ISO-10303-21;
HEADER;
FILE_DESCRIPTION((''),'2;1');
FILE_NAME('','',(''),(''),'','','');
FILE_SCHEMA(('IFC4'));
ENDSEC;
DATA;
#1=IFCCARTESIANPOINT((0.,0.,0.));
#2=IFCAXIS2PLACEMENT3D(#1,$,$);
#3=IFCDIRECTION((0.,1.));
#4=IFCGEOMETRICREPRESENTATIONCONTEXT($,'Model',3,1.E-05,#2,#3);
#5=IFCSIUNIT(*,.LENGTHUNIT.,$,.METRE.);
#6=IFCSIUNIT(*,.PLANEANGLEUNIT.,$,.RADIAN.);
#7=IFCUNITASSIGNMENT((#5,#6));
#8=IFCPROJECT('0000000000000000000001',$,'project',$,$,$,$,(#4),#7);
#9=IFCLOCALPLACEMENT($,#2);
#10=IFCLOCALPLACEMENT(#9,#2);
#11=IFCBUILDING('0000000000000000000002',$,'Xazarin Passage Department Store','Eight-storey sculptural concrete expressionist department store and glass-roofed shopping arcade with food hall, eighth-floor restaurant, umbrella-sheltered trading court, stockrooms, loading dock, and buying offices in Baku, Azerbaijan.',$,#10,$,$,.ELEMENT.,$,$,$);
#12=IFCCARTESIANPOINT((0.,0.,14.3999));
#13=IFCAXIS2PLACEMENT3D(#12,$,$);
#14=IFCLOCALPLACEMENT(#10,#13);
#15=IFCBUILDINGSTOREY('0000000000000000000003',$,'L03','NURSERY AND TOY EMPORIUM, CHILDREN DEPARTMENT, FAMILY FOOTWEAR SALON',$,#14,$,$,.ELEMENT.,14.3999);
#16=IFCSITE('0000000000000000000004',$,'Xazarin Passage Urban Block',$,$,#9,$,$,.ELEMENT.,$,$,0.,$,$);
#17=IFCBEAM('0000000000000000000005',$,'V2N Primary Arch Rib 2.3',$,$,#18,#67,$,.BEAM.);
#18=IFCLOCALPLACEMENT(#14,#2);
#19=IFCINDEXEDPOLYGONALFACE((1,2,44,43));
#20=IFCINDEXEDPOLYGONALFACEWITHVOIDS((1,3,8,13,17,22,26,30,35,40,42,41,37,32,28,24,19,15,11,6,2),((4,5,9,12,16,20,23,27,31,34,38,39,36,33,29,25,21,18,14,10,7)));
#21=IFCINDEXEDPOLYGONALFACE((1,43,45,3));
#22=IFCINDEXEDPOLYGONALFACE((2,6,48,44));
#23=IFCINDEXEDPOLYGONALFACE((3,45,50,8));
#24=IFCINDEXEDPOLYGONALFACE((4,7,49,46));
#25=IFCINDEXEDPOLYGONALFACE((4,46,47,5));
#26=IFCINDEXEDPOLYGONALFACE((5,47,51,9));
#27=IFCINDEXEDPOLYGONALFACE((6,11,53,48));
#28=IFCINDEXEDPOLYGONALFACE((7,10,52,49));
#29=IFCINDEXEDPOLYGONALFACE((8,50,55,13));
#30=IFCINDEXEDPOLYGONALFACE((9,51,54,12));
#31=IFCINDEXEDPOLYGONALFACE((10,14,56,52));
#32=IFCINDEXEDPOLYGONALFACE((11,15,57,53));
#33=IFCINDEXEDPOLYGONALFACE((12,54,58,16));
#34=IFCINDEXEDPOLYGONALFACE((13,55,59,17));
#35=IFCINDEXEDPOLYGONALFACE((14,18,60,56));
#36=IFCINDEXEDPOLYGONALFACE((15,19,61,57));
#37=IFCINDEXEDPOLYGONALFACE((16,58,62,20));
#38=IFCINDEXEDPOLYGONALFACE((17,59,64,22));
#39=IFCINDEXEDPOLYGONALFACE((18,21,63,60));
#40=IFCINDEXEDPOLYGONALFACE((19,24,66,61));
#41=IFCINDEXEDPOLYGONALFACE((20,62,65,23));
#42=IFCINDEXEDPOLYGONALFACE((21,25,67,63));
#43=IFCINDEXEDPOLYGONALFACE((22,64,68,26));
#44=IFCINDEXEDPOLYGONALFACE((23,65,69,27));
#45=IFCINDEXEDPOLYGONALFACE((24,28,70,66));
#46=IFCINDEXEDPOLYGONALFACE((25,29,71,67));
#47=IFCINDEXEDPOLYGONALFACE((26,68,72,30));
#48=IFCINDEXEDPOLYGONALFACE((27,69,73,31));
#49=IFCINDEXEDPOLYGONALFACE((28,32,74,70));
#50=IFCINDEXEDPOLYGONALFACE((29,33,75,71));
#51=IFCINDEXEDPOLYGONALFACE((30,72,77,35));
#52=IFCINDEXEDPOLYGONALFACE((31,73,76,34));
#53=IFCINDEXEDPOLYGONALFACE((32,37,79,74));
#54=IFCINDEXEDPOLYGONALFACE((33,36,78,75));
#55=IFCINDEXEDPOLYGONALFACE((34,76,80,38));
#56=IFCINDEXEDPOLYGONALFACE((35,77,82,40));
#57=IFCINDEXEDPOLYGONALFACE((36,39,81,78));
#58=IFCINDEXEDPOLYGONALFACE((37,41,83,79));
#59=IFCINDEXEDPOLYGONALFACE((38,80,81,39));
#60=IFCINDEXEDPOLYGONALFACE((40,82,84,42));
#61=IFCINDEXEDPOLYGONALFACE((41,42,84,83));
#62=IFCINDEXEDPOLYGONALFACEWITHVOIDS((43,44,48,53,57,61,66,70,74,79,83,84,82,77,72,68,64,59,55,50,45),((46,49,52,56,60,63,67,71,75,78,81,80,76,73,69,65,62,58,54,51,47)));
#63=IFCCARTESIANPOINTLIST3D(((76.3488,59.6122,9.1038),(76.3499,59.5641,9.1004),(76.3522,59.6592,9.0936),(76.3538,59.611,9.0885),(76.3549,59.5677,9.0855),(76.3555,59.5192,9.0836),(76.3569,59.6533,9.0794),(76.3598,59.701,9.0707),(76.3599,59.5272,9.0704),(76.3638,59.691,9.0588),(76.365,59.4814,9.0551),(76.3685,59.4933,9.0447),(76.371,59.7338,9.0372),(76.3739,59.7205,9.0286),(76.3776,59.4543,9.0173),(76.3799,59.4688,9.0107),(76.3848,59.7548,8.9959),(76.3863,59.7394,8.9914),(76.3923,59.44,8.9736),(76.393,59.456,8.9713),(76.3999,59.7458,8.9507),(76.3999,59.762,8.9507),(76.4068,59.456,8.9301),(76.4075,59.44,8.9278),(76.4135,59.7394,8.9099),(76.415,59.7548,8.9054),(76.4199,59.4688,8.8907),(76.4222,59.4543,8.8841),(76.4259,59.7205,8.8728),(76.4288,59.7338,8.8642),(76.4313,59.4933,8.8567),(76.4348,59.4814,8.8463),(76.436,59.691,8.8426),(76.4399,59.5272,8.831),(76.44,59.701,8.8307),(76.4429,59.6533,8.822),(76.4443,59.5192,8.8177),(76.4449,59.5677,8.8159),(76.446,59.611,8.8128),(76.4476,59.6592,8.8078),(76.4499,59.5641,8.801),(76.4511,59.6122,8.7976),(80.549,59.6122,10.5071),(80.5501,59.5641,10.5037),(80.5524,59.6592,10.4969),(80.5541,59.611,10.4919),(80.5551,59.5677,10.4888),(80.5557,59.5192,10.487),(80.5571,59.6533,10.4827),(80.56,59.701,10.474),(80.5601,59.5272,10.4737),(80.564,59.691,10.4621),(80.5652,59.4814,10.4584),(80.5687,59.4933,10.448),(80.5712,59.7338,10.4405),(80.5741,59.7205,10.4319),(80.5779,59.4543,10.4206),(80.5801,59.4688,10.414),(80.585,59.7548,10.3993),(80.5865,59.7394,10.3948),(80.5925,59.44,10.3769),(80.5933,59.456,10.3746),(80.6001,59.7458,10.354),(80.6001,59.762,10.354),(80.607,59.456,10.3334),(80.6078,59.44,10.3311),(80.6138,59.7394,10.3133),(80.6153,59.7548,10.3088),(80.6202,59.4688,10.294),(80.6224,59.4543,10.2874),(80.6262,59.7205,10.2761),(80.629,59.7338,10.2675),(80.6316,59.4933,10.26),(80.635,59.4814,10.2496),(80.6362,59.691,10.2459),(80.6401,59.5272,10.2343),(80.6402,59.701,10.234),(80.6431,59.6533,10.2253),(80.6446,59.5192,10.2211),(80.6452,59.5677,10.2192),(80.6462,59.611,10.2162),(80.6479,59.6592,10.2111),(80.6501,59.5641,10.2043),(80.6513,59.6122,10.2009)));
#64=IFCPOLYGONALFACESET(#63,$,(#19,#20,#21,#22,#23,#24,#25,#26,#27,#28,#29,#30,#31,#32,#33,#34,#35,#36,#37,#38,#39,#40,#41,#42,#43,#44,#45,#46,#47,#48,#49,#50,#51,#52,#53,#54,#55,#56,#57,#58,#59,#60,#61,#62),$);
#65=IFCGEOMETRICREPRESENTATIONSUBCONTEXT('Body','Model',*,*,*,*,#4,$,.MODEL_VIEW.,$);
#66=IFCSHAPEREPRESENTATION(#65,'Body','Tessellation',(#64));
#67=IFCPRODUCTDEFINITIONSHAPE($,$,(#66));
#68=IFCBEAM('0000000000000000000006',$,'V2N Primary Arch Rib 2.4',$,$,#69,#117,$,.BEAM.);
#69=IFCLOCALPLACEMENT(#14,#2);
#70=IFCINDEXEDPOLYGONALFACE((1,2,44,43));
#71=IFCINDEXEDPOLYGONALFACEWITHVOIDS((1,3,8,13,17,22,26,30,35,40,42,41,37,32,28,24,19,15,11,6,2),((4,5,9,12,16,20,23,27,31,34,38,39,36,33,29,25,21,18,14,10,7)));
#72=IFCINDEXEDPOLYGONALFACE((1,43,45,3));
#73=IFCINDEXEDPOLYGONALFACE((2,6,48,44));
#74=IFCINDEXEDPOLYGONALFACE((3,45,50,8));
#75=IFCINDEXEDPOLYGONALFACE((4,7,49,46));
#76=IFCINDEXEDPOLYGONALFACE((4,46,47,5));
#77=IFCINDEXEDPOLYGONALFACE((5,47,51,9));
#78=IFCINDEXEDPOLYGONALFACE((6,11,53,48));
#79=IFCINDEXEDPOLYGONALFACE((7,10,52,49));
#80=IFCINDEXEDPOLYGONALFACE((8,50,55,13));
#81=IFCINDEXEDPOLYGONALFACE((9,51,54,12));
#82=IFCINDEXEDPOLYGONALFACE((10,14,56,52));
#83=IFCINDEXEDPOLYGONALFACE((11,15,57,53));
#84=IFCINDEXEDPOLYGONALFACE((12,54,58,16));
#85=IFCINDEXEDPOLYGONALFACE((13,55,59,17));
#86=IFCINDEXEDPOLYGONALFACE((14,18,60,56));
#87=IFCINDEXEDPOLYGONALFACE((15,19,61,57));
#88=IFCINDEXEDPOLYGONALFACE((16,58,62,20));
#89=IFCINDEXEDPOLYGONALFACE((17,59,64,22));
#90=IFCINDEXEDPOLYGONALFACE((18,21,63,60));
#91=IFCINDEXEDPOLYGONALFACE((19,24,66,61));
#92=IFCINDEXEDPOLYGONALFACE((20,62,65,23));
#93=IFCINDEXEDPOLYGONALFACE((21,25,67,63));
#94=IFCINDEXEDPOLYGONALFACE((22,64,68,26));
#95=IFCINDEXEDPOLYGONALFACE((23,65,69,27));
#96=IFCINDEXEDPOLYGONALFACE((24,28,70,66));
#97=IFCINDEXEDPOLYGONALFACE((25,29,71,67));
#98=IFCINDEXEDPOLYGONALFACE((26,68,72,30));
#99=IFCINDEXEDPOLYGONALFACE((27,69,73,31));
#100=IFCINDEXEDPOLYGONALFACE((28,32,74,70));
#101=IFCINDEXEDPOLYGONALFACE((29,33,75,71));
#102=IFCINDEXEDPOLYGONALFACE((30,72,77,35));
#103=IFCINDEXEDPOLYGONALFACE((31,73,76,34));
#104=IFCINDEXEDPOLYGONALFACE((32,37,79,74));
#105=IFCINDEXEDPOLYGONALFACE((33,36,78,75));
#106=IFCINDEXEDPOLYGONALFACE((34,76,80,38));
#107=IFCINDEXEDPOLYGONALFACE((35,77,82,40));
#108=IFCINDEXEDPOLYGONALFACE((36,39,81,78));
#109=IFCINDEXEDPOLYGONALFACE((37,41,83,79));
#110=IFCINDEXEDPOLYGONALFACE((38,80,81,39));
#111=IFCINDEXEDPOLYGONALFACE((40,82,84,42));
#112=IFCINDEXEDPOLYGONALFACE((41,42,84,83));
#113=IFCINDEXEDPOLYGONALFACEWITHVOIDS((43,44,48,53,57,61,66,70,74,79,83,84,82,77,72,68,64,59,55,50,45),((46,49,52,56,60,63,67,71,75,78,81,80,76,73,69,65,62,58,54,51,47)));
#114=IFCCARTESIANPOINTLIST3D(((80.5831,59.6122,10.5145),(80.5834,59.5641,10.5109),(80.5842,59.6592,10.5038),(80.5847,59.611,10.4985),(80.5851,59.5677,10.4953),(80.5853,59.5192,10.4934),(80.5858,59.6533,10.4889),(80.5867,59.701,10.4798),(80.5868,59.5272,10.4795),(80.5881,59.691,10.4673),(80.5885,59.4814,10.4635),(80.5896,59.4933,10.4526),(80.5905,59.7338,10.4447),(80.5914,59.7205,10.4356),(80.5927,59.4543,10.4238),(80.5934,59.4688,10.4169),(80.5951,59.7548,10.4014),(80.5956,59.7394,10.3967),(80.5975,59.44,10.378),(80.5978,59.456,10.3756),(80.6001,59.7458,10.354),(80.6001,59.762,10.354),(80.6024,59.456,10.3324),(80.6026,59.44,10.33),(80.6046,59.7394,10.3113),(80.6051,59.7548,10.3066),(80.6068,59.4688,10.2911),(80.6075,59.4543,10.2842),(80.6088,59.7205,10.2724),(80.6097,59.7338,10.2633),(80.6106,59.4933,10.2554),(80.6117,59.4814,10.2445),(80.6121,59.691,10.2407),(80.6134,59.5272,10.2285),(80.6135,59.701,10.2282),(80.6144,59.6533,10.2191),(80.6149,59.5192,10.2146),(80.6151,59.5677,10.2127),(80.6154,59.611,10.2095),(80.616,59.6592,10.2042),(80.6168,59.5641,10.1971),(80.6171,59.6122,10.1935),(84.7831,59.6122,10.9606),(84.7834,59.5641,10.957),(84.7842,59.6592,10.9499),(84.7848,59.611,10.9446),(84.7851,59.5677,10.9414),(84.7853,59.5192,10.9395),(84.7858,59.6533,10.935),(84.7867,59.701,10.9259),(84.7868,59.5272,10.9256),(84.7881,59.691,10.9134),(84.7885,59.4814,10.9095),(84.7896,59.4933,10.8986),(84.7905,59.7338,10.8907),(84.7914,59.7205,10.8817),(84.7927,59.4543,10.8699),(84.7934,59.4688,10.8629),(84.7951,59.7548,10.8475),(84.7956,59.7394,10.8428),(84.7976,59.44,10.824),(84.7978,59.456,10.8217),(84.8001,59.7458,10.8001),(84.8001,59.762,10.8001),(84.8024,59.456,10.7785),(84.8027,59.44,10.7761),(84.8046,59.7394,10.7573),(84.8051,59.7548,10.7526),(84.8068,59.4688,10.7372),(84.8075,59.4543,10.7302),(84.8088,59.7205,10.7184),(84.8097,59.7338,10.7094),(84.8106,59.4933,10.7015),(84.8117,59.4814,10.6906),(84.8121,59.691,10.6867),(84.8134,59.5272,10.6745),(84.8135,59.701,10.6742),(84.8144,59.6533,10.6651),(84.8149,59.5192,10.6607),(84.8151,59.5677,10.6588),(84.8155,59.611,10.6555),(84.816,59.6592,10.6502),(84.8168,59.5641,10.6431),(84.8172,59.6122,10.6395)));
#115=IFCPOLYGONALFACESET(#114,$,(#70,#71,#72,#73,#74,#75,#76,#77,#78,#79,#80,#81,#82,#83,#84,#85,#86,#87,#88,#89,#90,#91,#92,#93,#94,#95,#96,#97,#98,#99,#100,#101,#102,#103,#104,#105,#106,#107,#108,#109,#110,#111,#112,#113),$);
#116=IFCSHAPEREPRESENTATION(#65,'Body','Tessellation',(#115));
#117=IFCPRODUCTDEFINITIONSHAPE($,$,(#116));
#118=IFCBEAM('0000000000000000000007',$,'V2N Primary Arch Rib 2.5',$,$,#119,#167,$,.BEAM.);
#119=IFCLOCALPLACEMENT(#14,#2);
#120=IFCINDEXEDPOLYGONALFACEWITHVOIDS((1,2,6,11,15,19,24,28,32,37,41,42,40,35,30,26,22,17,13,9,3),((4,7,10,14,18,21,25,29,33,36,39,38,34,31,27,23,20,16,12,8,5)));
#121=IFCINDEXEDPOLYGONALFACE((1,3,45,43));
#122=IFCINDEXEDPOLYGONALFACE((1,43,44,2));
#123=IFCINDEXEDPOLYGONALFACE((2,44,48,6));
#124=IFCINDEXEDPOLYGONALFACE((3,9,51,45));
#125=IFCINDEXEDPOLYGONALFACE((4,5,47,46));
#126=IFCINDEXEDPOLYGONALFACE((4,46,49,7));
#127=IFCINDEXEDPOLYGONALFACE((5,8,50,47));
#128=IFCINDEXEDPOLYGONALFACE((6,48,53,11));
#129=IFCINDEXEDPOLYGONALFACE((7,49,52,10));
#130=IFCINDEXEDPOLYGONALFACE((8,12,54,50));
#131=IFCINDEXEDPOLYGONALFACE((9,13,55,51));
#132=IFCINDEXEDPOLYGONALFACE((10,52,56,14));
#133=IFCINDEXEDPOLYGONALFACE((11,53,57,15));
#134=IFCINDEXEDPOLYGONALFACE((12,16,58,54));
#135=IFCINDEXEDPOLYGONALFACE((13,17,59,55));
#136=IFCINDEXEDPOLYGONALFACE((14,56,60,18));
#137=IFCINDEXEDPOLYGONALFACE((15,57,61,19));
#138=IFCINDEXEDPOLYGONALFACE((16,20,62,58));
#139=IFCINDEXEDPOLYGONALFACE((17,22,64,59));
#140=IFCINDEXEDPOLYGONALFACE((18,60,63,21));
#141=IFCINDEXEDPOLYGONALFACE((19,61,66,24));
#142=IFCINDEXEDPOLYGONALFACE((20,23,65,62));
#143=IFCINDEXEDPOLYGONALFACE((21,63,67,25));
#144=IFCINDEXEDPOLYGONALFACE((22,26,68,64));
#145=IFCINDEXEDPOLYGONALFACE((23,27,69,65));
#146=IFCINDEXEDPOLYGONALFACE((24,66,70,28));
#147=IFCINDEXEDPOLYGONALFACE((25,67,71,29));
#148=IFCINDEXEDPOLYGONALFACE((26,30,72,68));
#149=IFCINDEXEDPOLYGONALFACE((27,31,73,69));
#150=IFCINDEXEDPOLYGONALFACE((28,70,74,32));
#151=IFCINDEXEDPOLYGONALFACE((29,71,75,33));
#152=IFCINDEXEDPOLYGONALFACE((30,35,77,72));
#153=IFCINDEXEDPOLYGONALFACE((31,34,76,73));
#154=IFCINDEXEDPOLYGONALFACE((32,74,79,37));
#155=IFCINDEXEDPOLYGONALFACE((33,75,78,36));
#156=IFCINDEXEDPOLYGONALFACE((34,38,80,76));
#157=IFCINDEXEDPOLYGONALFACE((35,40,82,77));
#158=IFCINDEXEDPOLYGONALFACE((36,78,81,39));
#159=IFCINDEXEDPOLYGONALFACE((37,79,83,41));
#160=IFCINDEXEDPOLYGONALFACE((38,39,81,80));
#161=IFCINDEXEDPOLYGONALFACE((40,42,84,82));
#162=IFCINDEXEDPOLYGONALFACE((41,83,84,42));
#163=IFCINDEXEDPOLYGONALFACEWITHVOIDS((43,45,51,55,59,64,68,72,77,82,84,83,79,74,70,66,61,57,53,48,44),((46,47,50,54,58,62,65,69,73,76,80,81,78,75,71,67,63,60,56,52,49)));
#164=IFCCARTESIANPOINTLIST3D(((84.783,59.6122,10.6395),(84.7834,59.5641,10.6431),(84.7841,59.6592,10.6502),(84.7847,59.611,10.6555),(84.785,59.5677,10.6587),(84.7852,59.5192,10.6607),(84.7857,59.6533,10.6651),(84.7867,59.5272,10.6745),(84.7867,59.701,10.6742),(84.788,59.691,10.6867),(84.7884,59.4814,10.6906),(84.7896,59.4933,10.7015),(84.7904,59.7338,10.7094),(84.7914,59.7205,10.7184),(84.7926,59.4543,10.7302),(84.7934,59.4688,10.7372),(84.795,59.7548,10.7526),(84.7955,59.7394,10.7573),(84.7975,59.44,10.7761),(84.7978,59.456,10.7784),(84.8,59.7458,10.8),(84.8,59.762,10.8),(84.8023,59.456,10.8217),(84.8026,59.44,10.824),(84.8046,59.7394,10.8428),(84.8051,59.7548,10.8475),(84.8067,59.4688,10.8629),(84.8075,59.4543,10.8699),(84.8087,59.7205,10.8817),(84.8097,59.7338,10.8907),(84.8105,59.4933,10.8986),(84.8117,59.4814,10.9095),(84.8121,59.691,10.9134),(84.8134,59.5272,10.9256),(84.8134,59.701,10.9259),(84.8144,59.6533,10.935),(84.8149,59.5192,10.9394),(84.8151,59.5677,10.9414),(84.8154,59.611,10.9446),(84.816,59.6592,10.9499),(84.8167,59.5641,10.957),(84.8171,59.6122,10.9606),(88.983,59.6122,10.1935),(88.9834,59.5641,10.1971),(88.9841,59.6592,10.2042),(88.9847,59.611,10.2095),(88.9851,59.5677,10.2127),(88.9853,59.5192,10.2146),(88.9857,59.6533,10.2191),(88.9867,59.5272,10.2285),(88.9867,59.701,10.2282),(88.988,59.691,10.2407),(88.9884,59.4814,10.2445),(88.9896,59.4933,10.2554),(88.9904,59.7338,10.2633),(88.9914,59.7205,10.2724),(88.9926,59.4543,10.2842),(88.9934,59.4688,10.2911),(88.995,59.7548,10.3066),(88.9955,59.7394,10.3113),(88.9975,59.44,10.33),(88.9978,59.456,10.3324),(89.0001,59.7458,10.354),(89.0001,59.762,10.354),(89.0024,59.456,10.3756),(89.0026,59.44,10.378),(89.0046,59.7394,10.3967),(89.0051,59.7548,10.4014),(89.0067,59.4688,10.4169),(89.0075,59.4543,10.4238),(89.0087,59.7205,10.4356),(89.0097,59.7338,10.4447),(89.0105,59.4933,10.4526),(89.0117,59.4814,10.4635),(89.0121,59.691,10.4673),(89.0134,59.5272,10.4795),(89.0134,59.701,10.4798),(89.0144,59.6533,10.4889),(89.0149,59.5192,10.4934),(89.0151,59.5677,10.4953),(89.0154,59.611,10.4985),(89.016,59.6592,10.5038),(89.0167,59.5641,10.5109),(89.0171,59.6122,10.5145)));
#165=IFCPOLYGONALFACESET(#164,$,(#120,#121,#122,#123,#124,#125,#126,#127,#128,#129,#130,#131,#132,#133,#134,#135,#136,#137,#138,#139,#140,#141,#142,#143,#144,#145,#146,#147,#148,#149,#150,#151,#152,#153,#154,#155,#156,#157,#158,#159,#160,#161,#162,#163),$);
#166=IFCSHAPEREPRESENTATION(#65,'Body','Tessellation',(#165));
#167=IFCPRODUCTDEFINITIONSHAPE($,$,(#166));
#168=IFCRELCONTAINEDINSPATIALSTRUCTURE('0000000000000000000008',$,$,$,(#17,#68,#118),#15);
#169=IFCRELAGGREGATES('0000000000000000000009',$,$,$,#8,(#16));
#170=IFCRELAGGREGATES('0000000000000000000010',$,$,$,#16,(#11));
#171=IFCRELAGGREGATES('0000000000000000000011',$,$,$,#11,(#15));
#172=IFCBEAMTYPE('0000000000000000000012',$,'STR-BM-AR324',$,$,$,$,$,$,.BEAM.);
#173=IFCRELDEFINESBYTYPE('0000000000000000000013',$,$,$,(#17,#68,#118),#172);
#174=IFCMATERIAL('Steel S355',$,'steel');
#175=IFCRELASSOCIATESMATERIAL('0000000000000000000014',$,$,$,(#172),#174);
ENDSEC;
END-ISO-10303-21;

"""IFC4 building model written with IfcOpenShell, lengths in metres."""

from ifc_helpers import new_model, si_unit, direction, frame, origin, origin_2d, place, context, subcontext, project, spatial, hollow_circle, extrude, material, material_profile, profile_set, type_object, element, save


model = new_model("IFC4")

# Units and contexts
model_context = context("Model", 3, precision=1e-05, world=origin(), true_north=direction((0.0, 1.0)))
body_context = subcontext(model_context, "Body", "Model", "MODEL_VIEW")
ifc_project = project(units=[si_unit("LENGTHUNIT", "METRE"), si_unit("PLANEANGLEUNIT", "RADIAN")], contexts=[model_context])

# Site, building, storey
site_placement = place(None, origin())
site = spatial("IfcSite", under=ifc_project, at=site_placement, Name="Xazarin Passage Urban Block", CompositionType="ELEMENT", RefElevation=0.0)
building_placement = place(site_placement, origin())
building = spatial("IfcBuilding", under=site, at=building_placement, Name="Xazarin Passage Department Store", Description="Eight-storey sculptural concrete expressionist department store and glass-roofed shopping arcade with food hall, eighth-floor restaurant, umbrella-sheltered trading court, stockrooms, loading dock, and buying offices in Baku, Azerbaijan.", CompositionType="ELEMENT")
storey_placement = place(building_placement, frame((0.0, 0.0, 14.3999)))
storey = spatial("IfcBuildingStorey", under=building, at=storey_placement, Name="L03", Description="NURSERY AND TOY EMPORIUM, CHILDREN DEPARTMENT, FAMILY FOOTWEAR SALON", CompositionType="ELEMENT", Elevation=14.3999)

# Beams
ifc_material_1 = material(Name="Steel S355", Category="steel")
ifc_material_profile_1 = material_profile(ifc_material_1, hollow_circle(Radius=0.1619, WallThickness=0.0161, at=origin_2d()), Name="CHS 323.9x16")
ifc_profile_set_1 = profile_set([ifc_material_profile_1], Name="Steel S355")
beam_type = type_object("IfcBeamType", Name="STR-BM-AR324", PredefinedType="BEAM", material=ifc_profile_set_1)
beam_1_placement = place(storey_placement, frame((76.3999, 59.6001, 8.9507), z_axis=(0.948463, 0.0, 0.316889), x_axis=(0.0, 1.0, 0.0)))
element("IfcBeam", 1, at=beam_1_placement, inside=storey, type_object=beam_type, Name="V2N Primary Arch Rib 2.3", PredefinedType="BEAM", context=body_context, shape_type="SweptSolid", body=[
    extrude(hollow_circle(Radius=0.1619, WallThickness=0.0161, at=origin_2d()), origin(), (0.0, 0.0, 1.0), 4.4285),
])
for number, where, z_axis, x_axis, name in (
    (2, (80.6001, 59.6001, 10.354), (0.994408, 0.0, 0.105608), (0.0, 1.0, 0.0), "V2N Primary Arch Rib 2.4"),
    (3, (84.8, 59.6001, 10.8), (0.994408, 0.0, -0.105608), (0.0, 1.0, 0.0), "V2N Primary Arch Rib 2.5"),
):
    element("IfcBeam", number, at=place(storey_placement, frame(where, z_axis=z_axis, x_axis=x_axis)), inside=storey, type_object=beam_type, Name=name, PredefinedType="BEAM", context=body_context, shape_type="SweptSolid", body=[
        extrude(hollow_circle(Radius=0.1619, WallThickness=0.0161, at=origin_2d()), origin(), (0.0, 0.0, 1.0), 4.2236),
    ])

save(model, "model.ifc")
